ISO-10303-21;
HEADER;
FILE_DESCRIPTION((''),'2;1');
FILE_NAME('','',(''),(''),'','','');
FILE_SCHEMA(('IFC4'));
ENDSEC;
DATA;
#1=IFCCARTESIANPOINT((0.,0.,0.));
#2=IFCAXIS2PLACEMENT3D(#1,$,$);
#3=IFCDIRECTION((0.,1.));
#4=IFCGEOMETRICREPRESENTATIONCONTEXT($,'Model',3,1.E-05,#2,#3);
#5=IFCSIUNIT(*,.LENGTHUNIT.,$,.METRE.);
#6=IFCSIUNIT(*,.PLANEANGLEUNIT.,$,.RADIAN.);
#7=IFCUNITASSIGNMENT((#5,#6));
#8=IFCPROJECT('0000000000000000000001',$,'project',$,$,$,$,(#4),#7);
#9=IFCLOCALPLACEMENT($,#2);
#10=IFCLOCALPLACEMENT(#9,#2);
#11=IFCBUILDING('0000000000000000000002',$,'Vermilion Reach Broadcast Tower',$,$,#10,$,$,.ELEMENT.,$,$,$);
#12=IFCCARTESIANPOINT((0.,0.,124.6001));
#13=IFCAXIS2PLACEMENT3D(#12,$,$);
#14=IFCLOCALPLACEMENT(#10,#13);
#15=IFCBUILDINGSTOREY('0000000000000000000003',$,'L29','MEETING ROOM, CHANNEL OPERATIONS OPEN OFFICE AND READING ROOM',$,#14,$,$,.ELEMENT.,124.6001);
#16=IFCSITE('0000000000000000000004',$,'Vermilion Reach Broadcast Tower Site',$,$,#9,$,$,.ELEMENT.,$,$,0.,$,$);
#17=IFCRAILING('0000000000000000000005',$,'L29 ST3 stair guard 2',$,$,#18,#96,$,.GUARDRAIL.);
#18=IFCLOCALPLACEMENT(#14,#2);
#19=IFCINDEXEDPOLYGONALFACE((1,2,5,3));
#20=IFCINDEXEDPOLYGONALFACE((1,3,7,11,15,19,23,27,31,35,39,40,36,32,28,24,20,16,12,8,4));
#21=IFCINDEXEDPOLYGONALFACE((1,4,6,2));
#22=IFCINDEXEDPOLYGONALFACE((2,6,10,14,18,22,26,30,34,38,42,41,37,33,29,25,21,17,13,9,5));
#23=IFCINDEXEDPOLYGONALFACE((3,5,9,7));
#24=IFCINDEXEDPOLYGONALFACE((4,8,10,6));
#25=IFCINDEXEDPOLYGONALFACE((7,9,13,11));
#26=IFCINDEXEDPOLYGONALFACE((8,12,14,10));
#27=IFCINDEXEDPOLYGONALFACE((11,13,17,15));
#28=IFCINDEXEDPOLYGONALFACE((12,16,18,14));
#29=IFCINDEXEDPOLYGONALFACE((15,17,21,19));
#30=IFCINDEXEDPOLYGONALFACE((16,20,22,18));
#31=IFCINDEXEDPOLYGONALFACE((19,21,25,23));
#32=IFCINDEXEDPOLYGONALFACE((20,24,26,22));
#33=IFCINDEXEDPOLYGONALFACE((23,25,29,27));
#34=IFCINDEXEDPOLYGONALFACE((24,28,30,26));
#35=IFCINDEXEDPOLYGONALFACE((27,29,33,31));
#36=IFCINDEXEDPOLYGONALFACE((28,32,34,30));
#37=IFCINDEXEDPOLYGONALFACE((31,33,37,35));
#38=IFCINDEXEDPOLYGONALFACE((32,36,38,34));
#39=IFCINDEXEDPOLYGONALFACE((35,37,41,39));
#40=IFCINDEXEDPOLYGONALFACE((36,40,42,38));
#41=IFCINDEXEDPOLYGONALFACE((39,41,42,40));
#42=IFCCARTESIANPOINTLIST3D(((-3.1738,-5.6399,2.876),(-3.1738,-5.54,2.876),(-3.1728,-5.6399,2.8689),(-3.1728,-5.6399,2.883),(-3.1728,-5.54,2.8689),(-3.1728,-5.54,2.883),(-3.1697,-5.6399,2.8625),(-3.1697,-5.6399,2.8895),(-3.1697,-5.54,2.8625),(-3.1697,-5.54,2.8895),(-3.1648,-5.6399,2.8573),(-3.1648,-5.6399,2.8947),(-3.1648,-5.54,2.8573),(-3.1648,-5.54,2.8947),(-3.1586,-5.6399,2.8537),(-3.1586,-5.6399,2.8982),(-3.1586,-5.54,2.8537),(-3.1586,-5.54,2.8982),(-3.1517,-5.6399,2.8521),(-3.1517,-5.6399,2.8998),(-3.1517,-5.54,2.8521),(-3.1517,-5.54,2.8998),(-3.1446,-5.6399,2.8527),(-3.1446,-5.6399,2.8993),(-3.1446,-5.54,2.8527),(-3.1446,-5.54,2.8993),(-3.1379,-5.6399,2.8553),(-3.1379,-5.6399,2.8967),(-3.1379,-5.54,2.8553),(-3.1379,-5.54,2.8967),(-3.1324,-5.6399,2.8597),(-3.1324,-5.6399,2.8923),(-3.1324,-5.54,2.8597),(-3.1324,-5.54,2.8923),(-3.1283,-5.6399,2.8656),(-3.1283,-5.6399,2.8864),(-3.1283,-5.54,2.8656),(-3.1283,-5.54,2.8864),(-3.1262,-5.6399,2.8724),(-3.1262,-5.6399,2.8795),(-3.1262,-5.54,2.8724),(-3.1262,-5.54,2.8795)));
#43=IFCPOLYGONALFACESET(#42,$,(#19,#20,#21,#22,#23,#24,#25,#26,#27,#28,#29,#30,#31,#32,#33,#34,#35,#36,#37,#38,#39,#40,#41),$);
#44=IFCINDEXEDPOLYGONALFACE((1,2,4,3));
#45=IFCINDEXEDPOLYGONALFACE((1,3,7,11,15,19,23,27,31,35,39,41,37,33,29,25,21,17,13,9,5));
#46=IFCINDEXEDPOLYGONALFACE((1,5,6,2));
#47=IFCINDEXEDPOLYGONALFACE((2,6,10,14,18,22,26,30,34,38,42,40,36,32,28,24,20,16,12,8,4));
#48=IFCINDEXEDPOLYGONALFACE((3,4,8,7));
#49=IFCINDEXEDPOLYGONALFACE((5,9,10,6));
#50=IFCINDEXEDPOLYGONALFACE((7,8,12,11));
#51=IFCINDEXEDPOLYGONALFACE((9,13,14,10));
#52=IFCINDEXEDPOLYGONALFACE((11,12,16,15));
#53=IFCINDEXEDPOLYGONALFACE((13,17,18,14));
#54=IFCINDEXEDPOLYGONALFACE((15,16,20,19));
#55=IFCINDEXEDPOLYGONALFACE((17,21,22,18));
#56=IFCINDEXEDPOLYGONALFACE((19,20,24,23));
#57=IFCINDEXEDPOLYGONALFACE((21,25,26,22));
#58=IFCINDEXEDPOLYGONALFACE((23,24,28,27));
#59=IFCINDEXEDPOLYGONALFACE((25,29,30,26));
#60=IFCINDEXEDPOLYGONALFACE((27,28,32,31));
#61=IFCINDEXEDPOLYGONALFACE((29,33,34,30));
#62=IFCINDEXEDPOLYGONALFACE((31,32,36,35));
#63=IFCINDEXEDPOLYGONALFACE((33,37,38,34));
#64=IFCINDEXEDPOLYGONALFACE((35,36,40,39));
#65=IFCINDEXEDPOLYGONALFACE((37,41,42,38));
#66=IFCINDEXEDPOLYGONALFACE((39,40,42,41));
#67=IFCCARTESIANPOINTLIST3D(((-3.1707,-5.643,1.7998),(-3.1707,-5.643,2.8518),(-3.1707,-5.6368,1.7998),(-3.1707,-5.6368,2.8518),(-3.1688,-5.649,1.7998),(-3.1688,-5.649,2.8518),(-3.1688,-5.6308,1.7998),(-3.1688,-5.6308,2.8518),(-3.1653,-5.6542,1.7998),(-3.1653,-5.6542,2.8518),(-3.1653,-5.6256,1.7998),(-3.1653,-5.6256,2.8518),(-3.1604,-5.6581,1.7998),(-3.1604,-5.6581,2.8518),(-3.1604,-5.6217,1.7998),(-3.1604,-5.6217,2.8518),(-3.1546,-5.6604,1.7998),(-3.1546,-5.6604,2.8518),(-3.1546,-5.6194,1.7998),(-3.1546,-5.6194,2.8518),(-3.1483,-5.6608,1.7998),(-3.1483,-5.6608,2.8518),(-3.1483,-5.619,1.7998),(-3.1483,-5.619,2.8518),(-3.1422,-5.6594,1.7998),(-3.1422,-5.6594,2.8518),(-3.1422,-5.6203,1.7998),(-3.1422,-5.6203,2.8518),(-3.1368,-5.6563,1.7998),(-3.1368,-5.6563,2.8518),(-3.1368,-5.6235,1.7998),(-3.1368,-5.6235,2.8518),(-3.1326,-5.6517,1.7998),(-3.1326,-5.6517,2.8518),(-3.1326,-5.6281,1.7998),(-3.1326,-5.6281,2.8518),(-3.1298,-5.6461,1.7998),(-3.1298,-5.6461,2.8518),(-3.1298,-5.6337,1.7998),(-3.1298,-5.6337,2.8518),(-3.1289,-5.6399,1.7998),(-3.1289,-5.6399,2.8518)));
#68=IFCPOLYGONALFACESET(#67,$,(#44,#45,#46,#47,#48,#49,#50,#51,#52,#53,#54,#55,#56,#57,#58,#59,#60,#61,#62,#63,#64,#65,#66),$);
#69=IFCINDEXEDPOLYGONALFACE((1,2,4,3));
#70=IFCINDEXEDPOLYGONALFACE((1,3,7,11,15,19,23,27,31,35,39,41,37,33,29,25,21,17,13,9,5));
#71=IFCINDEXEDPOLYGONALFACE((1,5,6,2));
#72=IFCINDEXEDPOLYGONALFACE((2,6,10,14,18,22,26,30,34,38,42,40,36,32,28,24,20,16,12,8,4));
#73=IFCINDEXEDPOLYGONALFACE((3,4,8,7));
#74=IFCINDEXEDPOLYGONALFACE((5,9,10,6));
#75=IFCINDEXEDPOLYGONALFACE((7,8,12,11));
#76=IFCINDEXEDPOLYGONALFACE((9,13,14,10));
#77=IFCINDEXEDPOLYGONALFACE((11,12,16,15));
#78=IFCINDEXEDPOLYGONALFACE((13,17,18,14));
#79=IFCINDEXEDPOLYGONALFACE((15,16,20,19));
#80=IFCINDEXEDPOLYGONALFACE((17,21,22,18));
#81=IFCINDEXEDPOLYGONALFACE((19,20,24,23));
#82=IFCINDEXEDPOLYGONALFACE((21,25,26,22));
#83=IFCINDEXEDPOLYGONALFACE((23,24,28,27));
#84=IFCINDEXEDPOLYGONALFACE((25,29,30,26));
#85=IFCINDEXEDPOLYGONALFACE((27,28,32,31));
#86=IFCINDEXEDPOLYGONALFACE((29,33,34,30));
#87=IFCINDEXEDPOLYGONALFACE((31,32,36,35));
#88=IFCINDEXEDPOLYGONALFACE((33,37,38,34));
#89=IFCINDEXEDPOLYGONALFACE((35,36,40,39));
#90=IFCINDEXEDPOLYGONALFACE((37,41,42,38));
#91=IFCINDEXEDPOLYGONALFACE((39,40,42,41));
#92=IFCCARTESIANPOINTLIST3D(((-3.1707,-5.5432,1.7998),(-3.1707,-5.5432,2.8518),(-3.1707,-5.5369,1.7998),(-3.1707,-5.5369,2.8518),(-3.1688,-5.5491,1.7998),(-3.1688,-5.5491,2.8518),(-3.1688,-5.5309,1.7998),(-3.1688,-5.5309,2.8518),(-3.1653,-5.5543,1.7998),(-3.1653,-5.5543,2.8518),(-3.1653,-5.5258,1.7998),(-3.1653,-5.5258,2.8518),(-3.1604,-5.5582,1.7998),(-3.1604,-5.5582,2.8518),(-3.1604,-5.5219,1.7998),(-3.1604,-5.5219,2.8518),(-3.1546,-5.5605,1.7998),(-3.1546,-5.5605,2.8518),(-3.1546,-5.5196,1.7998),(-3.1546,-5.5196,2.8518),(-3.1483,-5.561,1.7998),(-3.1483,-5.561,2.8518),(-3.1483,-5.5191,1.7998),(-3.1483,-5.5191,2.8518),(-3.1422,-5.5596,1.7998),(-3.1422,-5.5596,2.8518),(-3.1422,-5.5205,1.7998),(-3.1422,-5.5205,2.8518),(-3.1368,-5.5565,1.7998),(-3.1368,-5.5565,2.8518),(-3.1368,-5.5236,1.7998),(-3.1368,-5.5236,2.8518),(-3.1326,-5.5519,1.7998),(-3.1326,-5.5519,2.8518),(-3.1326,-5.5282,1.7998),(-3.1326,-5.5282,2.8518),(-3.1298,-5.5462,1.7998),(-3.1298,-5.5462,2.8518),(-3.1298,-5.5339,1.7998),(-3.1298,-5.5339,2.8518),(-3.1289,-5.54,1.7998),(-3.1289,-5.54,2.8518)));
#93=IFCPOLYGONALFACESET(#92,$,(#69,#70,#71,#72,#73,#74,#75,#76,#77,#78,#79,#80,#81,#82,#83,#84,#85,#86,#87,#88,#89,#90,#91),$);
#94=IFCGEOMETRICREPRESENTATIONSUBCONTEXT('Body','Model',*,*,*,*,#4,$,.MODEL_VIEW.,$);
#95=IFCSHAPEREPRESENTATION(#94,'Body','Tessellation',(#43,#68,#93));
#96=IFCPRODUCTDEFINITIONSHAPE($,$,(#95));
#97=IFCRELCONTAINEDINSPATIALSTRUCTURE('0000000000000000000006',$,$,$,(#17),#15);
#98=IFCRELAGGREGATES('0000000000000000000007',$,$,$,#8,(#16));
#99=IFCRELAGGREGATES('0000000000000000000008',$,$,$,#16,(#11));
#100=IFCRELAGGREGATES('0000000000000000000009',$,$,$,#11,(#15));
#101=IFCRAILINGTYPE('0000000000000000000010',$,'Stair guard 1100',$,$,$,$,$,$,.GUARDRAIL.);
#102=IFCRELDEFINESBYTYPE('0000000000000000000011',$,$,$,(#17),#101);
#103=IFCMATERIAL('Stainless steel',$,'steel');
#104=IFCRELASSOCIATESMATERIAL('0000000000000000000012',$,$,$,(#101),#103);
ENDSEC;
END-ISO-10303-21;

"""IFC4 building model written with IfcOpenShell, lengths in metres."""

from ifc_helpers import new_model, si_unit, direction, frame, origin, origin_2d, place, context, subcontext, project, spatial, circle, extrude, material, type_object, element, save


model = new_model("IFC4")

# Units and contexts
model_context = context("Model", 3, precision=1e-05, world=origin(), true_north=direction((0.0, 1.0)))
body_context = subcontext(model_context, "Body", "Model", "MODEL_VIEW")
ifc_project = project(units=[si_unit("LENGTHUNIT", "METRE"), si_unit("PLANEANGLEUNIT", "RADIAN")], contexts=[model_context])

# Site, building, storey
site_placement = place(None, origin())
site = spatial("IfcSite", under=ifc_project, at=site_placement, Name="Vermilion Reach Broadcast Tower Site", CompositionType="ELEMENT", RefElevation=0.0)
building_placement = place(site_placement, origin())
building = spatial("IfcBuilding", under=site, at=building_placement, Name="Vermilion Reach Broadcast Tower", CompositionType="ELEMENT")
storey_placement = place(building_placement, frame((0.0, 0.0, 124.6001)))
storey = spatial("IfcBuildingStorey", under=building, at=storey_placement, Name="L29", Description="MEETING ROOM, CHANNEL OPERATIONS OPEN OFFICE AND READING ROOM", CompositionType="ELEMENT", Elevation=124.6001)

# Railing
ifc_material_1 = material(Name="Stainless steel", Category="steel")
railing_type_1 = type_object("IfcRailingType", Name="Stair guard 1100", PredefinedType="GUARDRAIL", material=ifc_material_1)
railing_1_placement = place(storey_placement, frame((-3.1499, -5.6399, 1.7998)))
element("IfcRailing", 1, at=railing_1_placement, inside=storey, type_object=railing_type_1, Name="L29 ST3 stair guard 2", PredefinedType="GUARDRAIL", context=body_context, shape_type="SweptSolid", body=[
    extrude(circle(Radius=0.0239, at=origin_2d()), frame((0.0, 0.0, 1.0762), z_axis=(0.0, 1.0, 0.0), x_axis=(-1.0, 0.0, 0.0)), (0.0, 0.0, 1.0), 0.0999),
    extrude(circle(Radius=0.021, at=origin_2d()), origin(), (0.0, 0.0, 1.0), 1.052),
    extrude(circle(Radius=0.021, at=origin_2d()), frame((0.0, 0.0999, 0.0)), (0.0, 0.0, 1.0), 1.052),
])

save(model, "model.ifc")
